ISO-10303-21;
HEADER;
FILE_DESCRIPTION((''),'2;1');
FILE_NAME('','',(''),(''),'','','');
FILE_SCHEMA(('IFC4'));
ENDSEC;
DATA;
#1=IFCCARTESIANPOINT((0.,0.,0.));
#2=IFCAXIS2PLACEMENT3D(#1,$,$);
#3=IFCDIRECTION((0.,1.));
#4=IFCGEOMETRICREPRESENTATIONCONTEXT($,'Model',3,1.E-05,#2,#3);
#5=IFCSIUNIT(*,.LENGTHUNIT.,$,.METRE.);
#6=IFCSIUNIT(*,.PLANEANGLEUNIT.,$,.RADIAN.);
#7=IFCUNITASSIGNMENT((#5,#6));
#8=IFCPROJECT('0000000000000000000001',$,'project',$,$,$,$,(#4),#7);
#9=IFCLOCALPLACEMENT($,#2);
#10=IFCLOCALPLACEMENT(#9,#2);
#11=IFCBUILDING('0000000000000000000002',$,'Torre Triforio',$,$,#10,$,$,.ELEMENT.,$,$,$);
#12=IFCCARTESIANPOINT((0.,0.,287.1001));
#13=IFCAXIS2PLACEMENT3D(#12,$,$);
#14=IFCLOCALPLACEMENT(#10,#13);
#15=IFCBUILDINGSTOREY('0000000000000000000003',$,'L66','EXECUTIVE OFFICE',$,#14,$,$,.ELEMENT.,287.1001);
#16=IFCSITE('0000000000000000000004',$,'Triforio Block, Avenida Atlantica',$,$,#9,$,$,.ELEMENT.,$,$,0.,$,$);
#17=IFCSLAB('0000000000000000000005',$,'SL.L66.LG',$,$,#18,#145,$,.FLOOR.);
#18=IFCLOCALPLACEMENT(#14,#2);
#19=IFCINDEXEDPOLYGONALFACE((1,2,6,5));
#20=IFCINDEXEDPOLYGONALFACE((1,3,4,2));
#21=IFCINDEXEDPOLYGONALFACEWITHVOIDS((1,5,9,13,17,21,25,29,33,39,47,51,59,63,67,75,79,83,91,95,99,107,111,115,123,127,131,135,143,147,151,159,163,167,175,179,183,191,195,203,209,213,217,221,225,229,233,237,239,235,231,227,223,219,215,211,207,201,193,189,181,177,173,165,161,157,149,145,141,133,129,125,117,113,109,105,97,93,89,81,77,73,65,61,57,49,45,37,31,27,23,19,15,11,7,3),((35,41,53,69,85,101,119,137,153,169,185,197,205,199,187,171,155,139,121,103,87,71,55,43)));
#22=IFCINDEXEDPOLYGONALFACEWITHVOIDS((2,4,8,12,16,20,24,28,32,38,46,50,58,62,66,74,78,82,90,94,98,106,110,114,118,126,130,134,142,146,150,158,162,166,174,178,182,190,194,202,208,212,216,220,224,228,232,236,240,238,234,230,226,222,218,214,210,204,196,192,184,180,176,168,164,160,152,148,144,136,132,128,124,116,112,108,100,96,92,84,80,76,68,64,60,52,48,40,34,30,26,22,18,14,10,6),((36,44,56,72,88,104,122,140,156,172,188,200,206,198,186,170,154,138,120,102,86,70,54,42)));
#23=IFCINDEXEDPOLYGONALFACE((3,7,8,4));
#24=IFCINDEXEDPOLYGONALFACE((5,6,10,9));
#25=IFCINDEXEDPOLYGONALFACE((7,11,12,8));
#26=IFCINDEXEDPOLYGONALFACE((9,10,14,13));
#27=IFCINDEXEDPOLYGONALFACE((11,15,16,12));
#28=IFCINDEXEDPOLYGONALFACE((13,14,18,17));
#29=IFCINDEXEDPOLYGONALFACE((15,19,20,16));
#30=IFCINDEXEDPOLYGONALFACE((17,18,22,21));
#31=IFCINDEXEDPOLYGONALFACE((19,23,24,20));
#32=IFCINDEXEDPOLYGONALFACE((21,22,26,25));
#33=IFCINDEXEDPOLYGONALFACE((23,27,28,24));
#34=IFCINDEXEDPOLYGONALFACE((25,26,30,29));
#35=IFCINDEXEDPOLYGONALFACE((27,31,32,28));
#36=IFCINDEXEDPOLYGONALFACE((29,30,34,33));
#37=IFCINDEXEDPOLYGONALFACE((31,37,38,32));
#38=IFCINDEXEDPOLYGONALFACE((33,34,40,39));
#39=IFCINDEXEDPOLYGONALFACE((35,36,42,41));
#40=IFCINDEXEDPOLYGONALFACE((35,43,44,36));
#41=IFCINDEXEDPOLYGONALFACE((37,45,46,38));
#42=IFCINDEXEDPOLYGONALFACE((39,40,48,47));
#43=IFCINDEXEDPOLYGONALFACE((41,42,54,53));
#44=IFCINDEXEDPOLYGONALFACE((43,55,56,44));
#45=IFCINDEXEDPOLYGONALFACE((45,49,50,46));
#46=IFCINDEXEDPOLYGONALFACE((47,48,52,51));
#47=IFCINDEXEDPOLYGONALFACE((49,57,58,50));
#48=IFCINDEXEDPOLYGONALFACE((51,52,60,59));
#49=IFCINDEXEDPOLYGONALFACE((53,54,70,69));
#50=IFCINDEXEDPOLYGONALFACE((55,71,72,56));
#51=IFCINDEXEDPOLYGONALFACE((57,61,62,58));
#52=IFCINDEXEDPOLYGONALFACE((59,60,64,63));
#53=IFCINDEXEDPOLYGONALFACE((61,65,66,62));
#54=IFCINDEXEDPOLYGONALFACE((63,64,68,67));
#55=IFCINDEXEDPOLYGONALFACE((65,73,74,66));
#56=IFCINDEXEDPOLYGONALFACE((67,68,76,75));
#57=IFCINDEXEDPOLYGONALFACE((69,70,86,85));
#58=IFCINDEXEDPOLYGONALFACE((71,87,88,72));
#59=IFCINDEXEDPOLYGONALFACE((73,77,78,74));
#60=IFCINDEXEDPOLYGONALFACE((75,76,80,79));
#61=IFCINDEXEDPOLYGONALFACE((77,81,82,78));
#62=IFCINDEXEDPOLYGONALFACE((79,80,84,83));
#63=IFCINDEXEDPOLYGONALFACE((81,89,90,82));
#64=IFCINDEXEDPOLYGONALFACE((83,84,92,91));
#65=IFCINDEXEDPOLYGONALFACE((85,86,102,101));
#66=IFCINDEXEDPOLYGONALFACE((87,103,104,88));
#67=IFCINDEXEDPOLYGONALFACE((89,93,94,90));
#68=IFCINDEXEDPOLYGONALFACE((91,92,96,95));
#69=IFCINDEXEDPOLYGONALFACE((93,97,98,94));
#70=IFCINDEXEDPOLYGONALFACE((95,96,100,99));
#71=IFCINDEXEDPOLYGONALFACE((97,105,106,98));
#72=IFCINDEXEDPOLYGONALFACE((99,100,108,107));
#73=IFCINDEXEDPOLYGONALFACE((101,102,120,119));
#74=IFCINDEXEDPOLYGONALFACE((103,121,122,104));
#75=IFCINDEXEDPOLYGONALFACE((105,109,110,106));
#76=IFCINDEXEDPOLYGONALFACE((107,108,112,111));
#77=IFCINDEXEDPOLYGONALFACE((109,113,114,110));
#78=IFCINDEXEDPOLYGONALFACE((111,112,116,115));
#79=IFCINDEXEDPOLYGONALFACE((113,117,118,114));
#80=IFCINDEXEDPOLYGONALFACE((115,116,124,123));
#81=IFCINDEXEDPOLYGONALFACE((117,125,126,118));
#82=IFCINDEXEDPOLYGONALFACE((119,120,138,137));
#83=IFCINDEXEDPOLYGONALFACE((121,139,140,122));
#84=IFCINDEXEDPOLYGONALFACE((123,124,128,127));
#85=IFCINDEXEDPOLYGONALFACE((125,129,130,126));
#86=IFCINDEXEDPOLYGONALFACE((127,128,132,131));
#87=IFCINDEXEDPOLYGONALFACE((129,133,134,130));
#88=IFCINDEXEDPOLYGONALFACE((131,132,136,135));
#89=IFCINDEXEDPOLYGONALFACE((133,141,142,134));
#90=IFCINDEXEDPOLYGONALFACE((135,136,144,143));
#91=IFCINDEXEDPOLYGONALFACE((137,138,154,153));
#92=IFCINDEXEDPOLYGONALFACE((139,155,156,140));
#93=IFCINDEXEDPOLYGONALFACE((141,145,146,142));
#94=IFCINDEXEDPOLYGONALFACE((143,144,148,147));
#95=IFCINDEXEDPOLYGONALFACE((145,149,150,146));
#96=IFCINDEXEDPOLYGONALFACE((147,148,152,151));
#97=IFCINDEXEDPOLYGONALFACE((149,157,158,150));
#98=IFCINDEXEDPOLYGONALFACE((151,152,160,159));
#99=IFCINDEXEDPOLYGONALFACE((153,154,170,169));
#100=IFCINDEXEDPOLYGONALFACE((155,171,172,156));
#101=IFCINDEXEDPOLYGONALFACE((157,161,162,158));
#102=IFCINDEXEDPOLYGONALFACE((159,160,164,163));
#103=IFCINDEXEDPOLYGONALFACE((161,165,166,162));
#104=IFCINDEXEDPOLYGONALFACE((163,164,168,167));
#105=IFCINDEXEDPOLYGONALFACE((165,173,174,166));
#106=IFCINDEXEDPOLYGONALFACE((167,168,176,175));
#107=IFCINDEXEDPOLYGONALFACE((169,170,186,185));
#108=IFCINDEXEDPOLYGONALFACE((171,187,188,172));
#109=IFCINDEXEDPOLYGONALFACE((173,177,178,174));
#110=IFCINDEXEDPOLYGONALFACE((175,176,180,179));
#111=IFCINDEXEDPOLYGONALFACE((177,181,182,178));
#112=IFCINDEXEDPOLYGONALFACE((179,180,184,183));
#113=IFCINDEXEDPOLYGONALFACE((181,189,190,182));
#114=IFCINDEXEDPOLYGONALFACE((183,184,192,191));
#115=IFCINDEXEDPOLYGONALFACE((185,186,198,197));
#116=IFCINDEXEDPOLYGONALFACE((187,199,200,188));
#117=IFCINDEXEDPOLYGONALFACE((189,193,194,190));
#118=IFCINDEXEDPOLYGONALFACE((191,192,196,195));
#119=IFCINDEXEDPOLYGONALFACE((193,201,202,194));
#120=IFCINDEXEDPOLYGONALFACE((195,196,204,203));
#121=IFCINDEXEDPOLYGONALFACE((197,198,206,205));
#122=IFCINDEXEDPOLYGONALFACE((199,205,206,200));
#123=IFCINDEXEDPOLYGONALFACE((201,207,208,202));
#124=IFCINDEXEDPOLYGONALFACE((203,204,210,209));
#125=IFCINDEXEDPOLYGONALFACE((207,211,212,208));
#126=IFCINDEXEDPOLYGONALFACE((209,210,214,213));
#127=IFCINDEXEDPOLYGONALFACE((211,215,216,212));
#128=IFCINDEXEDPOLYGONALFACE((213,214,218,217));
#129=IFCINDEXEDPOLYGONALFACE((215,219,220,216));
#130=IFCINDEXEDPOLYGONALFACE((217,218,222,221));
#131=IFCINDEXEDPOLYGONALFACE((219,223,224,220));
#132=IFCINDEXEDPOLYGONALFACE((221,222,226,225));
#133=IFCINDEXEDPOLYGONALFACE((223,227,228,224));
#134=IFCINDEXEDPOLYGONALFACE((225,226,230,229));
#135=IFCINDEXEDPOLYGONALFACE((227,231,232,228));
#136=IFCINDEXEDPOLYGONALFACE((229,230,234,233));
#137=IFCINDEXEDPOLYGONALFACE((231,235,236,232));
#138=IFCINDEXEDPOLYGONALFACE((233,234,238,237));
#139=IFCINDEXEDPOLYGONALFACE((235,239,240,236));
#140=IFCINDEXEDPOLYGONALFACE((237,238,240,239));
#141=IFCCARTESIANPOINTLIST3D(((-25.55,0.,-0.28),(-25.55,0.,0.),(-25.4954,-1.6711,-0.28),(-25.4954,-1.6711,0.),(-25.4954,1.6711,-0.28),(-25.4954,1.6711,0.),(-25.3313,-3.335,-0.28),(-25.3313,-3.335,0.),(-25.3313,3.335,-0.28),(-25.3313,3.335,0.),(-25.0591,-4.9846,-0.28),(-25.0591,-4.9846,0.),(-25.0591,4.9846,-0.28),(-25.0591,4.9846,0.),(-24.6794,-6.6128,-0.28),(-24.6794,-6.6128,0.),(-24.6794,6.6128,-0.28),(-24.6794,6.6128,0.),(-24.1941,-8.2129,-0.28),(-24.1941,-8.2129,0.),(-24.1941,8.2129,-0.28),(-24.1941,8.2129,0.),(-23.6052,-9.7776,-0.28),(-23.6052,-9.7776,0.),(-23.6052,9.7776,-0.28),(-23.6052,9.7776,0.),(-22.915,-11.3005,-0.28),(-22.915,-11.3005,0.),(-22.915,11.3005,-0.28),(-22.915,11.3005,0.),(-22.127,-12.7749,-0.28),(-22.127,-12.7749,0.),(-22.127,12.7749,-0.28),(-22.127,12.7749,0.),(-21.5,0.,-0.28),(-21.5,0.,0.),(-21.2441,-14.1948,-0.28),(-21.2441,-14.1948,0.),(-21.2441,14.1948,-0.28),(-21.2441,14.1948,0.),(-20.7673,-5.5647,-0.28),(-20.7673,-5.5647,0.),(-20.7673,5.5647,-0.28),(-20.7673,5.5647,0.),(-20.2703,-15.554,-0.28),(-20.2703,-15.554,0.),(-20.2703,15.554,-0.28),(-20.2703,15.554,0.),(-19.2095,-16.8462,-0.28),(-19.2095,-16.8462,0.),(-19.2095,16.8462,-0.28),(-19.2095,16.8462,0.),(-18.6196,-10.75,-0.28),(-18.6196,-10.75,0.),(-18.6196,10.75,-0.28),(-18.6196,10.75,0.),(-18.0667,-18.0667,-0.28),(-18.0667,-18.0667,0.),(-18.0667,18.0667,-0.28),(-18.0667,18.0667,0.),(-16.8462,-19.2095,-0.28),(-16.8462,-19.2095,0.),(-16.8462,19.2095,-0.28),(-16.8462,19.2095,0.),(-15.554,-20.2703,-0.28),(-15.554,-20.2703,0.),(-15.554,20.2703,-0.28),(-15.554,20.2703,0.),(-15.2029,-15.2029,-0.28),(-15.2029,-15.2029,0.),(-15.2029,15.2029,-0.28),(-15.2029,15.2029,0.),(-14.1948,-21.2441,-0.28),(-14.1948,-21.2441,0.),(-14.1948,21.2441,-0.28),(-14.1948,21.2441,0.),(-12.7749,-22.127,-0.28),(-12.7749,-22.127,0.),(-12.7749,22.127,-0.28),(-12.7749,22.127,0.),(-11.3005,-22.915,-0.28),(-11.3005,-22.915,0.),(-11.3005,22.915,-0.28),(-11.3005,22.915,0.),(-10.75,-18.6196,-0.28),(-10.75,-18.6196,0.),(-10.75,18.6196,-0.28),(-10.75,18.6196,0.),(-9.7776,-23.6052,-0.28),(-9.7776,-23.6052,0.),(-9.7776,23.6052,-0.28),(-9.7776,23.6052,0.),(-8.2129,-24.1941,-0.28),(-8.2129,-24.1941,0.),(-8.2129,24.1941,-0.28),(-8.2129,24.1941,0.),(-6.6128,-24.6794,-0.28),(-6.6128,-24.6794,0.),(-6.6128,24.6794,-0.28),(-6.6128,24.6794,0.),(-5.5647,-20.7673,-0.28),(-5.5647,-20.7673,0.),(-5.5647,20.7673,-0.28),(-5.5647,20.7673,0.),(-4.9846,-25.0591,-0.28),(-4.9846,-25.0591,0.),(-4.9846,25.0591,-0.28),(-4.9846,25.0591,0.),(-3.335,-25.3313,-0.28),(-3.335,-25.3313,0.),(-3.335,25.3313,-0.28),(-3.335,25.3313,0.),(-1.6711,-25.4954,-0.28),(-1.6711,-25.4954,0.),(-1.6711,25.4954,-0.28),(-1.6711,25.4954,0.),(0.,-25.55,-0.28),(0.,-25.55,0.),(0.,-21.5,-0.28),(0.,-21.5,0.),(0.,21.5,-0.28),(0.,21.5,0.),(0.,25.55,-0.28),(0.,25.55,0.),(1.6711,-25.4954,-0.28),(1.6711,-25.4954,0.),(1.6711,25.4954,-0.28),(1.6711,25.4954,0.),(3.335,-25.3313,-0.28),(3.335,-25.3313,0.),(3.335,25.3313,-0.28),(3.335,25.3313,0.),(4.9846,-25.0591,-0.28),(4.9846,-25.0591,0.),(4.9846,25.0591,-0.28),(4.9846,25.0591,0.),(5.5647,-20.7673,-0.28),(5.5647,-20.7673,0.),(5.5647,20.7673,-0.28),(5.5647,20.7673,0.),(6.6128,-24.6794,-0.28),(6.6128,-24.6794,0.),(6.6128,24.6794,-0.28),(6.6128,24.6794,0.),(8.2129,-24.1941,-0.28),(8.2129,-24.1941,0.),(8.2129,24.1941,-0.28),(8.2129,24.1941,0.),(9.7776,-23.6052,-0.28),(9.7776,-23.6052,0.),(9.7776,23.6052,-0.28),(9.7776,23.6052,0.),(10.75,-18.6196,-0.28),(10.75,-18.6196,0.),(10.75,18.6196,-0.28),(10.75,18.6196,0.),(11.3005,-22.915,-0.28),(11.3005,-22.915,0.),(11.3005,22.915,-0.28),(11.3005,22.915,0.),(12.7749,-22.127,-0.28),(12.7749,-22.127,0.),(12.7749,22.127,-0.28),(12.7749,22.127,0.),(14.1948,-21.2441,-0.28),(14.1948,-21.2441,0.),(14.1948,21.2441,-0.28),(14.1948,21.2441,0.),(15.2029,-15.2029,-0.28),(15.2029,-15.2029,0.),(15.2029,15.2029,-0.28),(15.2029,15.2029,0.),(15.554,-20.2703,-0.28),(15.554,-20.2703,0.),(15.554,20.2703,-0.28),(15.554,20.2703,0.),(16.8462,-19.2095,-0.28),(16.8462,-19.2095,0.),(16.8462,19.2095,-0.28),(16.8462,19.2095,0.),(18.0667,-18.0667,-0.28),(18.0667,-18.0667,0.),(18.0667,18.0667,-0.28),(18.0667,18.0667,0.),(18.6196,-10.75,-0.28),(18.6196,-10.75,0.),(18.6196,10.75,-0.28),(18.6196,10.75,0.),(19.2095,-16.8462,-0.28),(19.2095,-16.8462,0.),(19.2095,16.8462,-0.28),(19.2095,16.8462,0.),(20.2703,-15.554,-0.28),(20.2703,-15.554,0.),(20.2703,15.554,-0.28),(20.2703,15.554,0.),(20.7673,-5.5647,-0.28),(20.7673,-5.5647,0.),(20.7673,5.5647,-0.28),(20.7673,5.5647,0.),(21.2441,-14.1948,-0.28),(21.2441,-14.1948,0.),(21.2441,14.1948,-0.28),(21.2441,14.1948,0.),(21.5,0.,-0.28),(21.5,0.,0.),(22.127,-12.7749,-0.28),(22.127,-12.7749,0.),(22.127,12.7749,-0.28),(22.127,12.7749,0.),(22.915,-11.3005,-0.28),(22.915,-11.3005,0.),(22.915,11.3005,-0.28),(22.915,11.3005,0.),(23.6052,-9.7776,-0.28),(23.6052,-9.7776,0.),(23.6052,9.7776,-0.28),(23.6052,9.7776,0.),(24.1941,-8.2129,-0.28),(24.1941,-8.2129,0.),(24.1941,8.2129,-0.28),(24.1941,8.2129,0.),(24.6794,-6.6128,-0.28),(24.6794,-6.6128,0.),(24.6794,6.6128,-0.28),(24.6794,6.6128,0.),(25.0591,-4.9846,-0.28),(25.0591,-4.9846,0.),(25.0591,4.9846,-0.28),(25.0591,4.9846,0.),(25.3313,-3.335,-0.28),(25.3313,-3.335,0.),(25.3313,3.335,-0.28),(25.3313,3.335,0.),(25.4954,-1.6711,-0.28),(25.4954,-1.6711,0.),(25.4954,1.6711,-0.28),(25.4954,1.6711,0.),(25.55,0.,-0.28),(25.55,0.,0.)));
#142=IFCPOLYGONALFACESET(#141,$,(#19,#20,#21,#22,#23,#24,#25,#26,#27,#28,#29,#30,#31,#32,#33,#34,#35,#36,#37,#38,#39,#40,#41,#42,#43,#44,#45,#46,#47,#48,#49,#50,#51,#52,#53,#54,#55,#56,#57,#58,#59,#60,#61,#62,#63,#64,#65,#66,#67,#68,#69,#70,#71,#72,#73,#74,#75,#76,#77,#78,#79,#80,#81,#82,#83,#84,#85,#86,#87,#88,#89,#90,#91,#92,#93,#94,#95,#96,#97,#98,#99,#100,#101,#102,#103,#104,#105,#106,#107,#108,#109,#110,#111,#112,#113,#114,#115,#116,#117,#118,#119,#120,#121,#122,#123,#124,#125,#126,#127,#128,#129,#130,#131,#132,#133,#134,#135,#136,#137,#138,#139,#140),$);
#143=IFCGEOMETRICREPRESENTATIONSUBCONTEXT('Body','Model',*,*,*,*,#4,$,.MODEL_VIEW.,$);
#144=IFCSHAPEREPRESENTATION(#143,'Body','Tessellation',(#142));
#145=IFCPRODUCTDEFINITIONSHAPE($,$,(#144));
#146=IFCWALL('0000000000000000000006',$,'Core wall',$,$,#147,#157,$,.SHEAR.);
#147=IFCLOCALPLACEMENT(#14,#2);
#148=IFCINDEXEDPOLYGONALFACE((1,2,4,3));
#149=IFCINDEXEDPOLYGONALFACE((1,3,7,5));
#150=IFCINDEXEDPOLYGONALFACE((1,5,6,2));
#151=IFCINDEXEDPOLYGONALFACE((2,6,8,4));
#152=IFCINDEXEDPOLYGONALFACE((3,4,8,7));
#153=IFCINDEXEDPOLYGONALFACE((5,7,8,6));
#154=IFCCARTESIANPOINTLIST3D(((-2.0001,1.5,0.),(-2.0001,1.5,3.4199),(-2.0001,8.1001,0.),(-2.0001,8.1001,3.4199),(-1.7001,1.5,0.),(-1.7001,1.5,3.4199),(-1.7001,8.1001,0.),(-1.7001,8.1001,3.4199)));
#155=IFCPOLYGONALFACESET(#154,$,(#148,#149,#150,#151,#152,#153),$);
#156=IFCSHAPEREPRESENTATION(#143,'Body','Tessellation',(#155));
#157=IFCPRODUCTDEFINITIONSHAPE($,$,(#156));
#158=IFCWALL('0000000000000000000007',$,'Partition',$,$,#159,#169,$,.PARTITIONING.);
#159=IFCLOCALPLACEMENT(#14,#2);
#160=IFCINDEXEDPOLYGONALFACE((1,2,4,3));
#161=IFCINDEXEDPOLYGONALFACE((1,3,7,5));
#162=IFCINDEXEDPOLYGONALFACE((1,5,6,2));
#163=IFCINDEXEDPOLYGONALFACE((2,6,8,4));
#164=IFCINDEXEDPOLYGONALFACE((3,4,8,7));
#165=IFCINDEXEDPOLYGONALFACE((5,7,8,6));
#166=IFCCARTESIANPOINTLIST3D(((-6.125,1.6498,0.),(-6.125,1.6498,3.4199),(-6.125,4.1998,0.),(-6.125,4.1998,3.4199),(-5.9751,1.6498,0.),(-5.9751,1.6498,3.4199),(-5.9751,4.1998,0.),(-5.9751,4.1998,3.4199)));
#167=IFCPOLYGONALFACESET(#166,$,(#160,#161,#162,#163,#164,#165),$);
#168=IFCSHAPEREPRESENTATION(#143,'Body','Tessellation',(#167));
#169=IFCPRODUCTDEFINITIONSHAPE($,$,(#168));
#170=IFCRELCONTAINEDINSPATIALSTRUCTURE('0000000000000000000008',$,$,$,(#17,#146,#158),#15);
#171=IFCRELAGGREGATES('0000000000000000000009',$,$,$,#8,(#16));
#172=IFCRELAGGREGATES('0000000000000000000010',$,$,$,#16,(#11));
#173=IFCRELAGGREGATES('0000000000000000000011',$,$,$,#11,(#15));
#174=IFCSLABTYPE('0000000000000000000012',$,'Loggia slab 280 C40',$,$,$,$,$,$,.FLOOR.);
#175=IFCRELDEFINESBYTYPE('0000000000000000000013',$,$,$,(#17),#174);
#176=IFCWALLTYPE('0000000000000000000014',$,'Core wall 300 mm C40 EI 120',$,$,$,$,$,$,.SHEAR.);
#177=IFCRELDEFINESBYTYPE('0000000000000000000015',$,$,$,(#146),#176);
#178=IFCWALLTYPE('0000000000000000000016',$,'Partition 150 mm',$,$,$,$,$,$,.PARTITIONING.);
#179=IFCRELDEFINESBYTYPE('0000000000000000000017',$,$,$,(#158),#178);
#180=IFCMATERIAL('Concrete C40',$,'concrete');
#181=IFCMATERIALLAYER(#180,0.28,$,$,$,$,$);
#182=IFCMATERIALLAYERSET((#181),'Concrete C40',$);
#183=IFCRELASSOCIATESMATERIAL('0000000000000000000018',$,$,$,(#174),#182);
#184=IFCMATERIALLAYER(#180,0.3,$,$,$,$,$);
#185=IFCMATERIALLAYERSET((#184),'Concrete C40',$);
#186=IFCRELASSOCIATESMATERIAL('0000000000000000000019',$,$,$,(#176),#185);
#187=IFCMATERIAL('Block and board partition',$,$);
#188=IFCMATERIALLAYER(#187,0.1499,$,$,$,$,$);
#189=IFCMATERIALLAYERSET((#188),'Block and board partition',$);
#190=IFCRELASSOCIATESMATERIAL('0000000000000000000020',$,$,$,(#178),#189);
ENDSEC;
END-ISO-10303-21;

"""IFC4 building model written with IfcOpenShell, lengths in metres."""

from ifc_helpers import new_model, si_unit, direction, frame, frame_2d, origin, place, context, subcontext, project, spatial, polyline, rectangle, outline, extrude, material, layer, layer_set, type_object, element, save


model = new_model("IFC4")

# Units and contexts
model_context = context("Model", 3, precision=1e-05, world=origin(), true_north=direction((0.0, 1.0)))
body_context = subcontext(model_context, "Body", "Model", "MODEL_VIEW")
ifc_project = project(units=[si_unit("LENGTHUNIT", "METRE"), si_unit("PLANEANGLEUNIT", "RADIAN")], contexts=[model_context])

# Site, building, storey
site_placement = place(None, origin())
site = spatial("IfcSite", under=ifc_project, at=site_placement, Name="Triforio Block, Avenida Atlantica", CompositionType="ELEMENT", RefElevation=0.0)
building_placement = place(site_placement, origin())
building = spatial("IfcBuilding", under=site, at=building_placement, Name="Torre Triforio", CompositionType="ELEMENT")
storey_placement = place(building_placement, frame((0.0, 0.0, 287.1001)))
storey = spatial("IfcBuildingStorey", under=building, at=storey_placement, Name="L66", Description="EXECUTIVE OFFICE", CompositionType="ELEMENT", Elevation=287.1001)

# Shared definitions
ifc_material_1 = material(Name="Concrete C40", Category="concrete")

# Slab
ifc_layer_1 = layer(ifc_material_1, 0.28)
ifc_layer_set_1 = layer_set([ifc_layer_1], Name="Concrete C40")
slab_type_1 = type_object("IfcSlabType", Name="Loggia slab 280 C40", PredefinedType="FLOOR", material=ifc_layer_set_1)
slab_1_placement = place(storey_placement, frame((0.0, 0.0, -0.28)))
element("IfcSlab", 1, at=slab_1_placement, inside=storey, type_object=slab_type_1, Name="SL.L66.LG", PredefinedType="FLOOR", context=body_context, shape_type="SweptSolid", body=[
    extrude(outline(polyline([(25.4954, -1.6711), (25.55, 0.0), (25.4954, 1.6711), (25.3313, 3.335), (25.0591, 4.9846), (24.6794, 6.6128), (24.1941, 8.2129), (23.6052, 9.7776), (22.915, 11.3005), (22.127, 12.7749), (21.2441, 14.1948), (20.2703, 15.554), (19.2095, 16.8462), (18.0667, 18.0667), (16.8462, 19.2095), (15.554, 20.2703), (14.1948, 21.2441), (12.7749, 22.127), (11.3005, 22.915), (9.7776, 23.6052), (8.2129, 24.1941), (6.6128, 24.6794), (4.9846, 25.0591), (3.335, 25.3313), (1.6711, 25.4954), (0.0, 25.55), (-1.6711, 25.4954), (-3.335, 25.3313), (-4.9846, 25.0591), (-6.6128, 24.6794), (-8.2129, 24.1941), (-9.7776, 23.6052), (-11.3005, 22.915), (-12.7749, 22.127), (-14.1948, 21.2441), (-15.554, 20.2703), (-16.8462, 19.2095), (-18.0667, 18.0667), (-19.2095, 16.8462), (-20.2703, 15.554), (-21.2441, 14.1948), (-22.127, 12.7749), (-22.915, 11.3005), (-23.6052, 9.7776), (-24.1941, 8.2129), (-24.6794, 6.6128), (-25.0591, 4.9846), (-25.3313, 3.335), (-25.4954, 1.6711), (-25.55, 0.0), (-25.4954, -1.6711), (-25.3313, -3.335), (-25.0591, -4.9846), (-24.6794, -6.6128), (-24.1941, -8.2129), (-23.6052, -9.7776), (-22.915, -11.3005), (-22.127, -12.7749), (-21.2441, -14.1948), (-20.2703, -15.554), (-19.2095, -16.8462), (-18.0667, -18.0667), (-16.8462, -19.2095), (-15.554, -20.2703), (-14.1948, -21.2441), (-12.7749, -22.127), (-11.3005, -22.915), (-9.7776, -23.6052), (-8.2129, -24.1941), (-6.6128, -24.6794), (-4.9846, -25.0591), (-3.335, -25.3313), (-1.6711, -25.4954), (0.0, -25.55), (1.6711, -25.4954), (3.335, -25.3313), (4.9846, -25.0591), (6.6128, -24.6794), (8.2129, -24.1941), (9.7776, -23.6052), (11.3005, -22.915), (12.7749, -22.127), (14.1948, -21.2441), (15.554, -20.2703), (16.8462, -19.2095), (18.0667, -18.0667), (19.2095, -16.8462), (20.2703, -15.554), (21.2441, -14.1948), (22.127, -12.7749), (22.915, -11.3005), (23.6052, -9.7776), (24.1941, -8.2129), (24.6794, -6.6128), (25.0591, -4.9846), (25.3313, -3.335), (25.4954, -1.6711)]), holes=[polyline([(20.7673, 5.5647), (21.5, 0.0), (20.7673, -5.5647), (18.6196, -10.75), (15.2029, -15.2029), (10.75, -18.6196), (5.5647, -20.7673), (0.0, -21.5), (-5.5647, -20.7673), (-10.75, -18.6196), (-15.2029, -15.2029), (-18.6196, -10.75), (-20.7673, -5.5647), (-21.5, 0.0), (-20.7673, 5.5647), (-18.6196, 10.75), (-15.2029, 15.2029), (-10.75, 18.6196), (-5.5647, 20.7673), (0.0, 21.5), (5.5647, 20.7673), (10.75, 18.6196), (15.2029, 15.2029), (18.6196, 10.75), (20.7673, 5.5647)])]), origin(), (0.0, 0.0, 1.0), 0.28),
])

# Walls
ifc_layer_2 = layer(ifc_material_1, 0.3)
ifc_layer_set_2 = layer_set([ifc_layer_2], Name="Concrete C40")
wall_type_1 = type_object("IfcWallType", Name="Core wall 300 mm C40 EI 120", PredefinedType="SHEAR", material=ifc_layer_set_2)
wall_1_placement = place(storey_placement, frame((-1.8501, 1.5, 0.0), z_axis=(0.0, 0.0, 1.0), x_axis=(0.0, 1.0, 0.0)))
element("IfcWall", 2, at=wall_1_placement, inside=storey, type_object=wall_type_1, Name="Core wall", PredefinedType="SHEAR", context=body_context, shape_type="SweptSolid", body=[
    extrude(rectangle(XDim=6.6001, YDim=0.3, at=frame_2d((3.3, 0.0))), origin(), (0.0, 0.0, 1.0), 3.4199),
])
ifc_material_2 = material(Name="Block and board partition")
ifc_layer_3 = layer(ifc_material_2, 0.1499)
ifc_layer_set_3 = layer_set([ifc_layer_3], Name="Block and board partition")
wall_type_2 = type_object("IfcWallType", Name="Partition 150 mm", PredefinedType="PARTITIONING", material=ifc_layer_set_3)
wall_2_placement = place(storey_placement, frame((-6.05, 1.6499, 0.0), z_axis=(0.0, 0.0, 1.0), x_axis=(0.0, 1.0, 0.0)))
element("IfcWall", 3, at=wall_2_placement, inside=storey, type_object=wall_type_2, Name="Partition", PredefinedType="PARTITIONING", context=body_context, shape_type="SweptSolid", body=[
    extrude(rectangle(XDim=2.55, YDim=0.1499, at=frame_2d((1.2749, 0.0))), origin(), (0.0, 0.0, 1.0), 3.4199),
])

save(model, "model.ifc")
